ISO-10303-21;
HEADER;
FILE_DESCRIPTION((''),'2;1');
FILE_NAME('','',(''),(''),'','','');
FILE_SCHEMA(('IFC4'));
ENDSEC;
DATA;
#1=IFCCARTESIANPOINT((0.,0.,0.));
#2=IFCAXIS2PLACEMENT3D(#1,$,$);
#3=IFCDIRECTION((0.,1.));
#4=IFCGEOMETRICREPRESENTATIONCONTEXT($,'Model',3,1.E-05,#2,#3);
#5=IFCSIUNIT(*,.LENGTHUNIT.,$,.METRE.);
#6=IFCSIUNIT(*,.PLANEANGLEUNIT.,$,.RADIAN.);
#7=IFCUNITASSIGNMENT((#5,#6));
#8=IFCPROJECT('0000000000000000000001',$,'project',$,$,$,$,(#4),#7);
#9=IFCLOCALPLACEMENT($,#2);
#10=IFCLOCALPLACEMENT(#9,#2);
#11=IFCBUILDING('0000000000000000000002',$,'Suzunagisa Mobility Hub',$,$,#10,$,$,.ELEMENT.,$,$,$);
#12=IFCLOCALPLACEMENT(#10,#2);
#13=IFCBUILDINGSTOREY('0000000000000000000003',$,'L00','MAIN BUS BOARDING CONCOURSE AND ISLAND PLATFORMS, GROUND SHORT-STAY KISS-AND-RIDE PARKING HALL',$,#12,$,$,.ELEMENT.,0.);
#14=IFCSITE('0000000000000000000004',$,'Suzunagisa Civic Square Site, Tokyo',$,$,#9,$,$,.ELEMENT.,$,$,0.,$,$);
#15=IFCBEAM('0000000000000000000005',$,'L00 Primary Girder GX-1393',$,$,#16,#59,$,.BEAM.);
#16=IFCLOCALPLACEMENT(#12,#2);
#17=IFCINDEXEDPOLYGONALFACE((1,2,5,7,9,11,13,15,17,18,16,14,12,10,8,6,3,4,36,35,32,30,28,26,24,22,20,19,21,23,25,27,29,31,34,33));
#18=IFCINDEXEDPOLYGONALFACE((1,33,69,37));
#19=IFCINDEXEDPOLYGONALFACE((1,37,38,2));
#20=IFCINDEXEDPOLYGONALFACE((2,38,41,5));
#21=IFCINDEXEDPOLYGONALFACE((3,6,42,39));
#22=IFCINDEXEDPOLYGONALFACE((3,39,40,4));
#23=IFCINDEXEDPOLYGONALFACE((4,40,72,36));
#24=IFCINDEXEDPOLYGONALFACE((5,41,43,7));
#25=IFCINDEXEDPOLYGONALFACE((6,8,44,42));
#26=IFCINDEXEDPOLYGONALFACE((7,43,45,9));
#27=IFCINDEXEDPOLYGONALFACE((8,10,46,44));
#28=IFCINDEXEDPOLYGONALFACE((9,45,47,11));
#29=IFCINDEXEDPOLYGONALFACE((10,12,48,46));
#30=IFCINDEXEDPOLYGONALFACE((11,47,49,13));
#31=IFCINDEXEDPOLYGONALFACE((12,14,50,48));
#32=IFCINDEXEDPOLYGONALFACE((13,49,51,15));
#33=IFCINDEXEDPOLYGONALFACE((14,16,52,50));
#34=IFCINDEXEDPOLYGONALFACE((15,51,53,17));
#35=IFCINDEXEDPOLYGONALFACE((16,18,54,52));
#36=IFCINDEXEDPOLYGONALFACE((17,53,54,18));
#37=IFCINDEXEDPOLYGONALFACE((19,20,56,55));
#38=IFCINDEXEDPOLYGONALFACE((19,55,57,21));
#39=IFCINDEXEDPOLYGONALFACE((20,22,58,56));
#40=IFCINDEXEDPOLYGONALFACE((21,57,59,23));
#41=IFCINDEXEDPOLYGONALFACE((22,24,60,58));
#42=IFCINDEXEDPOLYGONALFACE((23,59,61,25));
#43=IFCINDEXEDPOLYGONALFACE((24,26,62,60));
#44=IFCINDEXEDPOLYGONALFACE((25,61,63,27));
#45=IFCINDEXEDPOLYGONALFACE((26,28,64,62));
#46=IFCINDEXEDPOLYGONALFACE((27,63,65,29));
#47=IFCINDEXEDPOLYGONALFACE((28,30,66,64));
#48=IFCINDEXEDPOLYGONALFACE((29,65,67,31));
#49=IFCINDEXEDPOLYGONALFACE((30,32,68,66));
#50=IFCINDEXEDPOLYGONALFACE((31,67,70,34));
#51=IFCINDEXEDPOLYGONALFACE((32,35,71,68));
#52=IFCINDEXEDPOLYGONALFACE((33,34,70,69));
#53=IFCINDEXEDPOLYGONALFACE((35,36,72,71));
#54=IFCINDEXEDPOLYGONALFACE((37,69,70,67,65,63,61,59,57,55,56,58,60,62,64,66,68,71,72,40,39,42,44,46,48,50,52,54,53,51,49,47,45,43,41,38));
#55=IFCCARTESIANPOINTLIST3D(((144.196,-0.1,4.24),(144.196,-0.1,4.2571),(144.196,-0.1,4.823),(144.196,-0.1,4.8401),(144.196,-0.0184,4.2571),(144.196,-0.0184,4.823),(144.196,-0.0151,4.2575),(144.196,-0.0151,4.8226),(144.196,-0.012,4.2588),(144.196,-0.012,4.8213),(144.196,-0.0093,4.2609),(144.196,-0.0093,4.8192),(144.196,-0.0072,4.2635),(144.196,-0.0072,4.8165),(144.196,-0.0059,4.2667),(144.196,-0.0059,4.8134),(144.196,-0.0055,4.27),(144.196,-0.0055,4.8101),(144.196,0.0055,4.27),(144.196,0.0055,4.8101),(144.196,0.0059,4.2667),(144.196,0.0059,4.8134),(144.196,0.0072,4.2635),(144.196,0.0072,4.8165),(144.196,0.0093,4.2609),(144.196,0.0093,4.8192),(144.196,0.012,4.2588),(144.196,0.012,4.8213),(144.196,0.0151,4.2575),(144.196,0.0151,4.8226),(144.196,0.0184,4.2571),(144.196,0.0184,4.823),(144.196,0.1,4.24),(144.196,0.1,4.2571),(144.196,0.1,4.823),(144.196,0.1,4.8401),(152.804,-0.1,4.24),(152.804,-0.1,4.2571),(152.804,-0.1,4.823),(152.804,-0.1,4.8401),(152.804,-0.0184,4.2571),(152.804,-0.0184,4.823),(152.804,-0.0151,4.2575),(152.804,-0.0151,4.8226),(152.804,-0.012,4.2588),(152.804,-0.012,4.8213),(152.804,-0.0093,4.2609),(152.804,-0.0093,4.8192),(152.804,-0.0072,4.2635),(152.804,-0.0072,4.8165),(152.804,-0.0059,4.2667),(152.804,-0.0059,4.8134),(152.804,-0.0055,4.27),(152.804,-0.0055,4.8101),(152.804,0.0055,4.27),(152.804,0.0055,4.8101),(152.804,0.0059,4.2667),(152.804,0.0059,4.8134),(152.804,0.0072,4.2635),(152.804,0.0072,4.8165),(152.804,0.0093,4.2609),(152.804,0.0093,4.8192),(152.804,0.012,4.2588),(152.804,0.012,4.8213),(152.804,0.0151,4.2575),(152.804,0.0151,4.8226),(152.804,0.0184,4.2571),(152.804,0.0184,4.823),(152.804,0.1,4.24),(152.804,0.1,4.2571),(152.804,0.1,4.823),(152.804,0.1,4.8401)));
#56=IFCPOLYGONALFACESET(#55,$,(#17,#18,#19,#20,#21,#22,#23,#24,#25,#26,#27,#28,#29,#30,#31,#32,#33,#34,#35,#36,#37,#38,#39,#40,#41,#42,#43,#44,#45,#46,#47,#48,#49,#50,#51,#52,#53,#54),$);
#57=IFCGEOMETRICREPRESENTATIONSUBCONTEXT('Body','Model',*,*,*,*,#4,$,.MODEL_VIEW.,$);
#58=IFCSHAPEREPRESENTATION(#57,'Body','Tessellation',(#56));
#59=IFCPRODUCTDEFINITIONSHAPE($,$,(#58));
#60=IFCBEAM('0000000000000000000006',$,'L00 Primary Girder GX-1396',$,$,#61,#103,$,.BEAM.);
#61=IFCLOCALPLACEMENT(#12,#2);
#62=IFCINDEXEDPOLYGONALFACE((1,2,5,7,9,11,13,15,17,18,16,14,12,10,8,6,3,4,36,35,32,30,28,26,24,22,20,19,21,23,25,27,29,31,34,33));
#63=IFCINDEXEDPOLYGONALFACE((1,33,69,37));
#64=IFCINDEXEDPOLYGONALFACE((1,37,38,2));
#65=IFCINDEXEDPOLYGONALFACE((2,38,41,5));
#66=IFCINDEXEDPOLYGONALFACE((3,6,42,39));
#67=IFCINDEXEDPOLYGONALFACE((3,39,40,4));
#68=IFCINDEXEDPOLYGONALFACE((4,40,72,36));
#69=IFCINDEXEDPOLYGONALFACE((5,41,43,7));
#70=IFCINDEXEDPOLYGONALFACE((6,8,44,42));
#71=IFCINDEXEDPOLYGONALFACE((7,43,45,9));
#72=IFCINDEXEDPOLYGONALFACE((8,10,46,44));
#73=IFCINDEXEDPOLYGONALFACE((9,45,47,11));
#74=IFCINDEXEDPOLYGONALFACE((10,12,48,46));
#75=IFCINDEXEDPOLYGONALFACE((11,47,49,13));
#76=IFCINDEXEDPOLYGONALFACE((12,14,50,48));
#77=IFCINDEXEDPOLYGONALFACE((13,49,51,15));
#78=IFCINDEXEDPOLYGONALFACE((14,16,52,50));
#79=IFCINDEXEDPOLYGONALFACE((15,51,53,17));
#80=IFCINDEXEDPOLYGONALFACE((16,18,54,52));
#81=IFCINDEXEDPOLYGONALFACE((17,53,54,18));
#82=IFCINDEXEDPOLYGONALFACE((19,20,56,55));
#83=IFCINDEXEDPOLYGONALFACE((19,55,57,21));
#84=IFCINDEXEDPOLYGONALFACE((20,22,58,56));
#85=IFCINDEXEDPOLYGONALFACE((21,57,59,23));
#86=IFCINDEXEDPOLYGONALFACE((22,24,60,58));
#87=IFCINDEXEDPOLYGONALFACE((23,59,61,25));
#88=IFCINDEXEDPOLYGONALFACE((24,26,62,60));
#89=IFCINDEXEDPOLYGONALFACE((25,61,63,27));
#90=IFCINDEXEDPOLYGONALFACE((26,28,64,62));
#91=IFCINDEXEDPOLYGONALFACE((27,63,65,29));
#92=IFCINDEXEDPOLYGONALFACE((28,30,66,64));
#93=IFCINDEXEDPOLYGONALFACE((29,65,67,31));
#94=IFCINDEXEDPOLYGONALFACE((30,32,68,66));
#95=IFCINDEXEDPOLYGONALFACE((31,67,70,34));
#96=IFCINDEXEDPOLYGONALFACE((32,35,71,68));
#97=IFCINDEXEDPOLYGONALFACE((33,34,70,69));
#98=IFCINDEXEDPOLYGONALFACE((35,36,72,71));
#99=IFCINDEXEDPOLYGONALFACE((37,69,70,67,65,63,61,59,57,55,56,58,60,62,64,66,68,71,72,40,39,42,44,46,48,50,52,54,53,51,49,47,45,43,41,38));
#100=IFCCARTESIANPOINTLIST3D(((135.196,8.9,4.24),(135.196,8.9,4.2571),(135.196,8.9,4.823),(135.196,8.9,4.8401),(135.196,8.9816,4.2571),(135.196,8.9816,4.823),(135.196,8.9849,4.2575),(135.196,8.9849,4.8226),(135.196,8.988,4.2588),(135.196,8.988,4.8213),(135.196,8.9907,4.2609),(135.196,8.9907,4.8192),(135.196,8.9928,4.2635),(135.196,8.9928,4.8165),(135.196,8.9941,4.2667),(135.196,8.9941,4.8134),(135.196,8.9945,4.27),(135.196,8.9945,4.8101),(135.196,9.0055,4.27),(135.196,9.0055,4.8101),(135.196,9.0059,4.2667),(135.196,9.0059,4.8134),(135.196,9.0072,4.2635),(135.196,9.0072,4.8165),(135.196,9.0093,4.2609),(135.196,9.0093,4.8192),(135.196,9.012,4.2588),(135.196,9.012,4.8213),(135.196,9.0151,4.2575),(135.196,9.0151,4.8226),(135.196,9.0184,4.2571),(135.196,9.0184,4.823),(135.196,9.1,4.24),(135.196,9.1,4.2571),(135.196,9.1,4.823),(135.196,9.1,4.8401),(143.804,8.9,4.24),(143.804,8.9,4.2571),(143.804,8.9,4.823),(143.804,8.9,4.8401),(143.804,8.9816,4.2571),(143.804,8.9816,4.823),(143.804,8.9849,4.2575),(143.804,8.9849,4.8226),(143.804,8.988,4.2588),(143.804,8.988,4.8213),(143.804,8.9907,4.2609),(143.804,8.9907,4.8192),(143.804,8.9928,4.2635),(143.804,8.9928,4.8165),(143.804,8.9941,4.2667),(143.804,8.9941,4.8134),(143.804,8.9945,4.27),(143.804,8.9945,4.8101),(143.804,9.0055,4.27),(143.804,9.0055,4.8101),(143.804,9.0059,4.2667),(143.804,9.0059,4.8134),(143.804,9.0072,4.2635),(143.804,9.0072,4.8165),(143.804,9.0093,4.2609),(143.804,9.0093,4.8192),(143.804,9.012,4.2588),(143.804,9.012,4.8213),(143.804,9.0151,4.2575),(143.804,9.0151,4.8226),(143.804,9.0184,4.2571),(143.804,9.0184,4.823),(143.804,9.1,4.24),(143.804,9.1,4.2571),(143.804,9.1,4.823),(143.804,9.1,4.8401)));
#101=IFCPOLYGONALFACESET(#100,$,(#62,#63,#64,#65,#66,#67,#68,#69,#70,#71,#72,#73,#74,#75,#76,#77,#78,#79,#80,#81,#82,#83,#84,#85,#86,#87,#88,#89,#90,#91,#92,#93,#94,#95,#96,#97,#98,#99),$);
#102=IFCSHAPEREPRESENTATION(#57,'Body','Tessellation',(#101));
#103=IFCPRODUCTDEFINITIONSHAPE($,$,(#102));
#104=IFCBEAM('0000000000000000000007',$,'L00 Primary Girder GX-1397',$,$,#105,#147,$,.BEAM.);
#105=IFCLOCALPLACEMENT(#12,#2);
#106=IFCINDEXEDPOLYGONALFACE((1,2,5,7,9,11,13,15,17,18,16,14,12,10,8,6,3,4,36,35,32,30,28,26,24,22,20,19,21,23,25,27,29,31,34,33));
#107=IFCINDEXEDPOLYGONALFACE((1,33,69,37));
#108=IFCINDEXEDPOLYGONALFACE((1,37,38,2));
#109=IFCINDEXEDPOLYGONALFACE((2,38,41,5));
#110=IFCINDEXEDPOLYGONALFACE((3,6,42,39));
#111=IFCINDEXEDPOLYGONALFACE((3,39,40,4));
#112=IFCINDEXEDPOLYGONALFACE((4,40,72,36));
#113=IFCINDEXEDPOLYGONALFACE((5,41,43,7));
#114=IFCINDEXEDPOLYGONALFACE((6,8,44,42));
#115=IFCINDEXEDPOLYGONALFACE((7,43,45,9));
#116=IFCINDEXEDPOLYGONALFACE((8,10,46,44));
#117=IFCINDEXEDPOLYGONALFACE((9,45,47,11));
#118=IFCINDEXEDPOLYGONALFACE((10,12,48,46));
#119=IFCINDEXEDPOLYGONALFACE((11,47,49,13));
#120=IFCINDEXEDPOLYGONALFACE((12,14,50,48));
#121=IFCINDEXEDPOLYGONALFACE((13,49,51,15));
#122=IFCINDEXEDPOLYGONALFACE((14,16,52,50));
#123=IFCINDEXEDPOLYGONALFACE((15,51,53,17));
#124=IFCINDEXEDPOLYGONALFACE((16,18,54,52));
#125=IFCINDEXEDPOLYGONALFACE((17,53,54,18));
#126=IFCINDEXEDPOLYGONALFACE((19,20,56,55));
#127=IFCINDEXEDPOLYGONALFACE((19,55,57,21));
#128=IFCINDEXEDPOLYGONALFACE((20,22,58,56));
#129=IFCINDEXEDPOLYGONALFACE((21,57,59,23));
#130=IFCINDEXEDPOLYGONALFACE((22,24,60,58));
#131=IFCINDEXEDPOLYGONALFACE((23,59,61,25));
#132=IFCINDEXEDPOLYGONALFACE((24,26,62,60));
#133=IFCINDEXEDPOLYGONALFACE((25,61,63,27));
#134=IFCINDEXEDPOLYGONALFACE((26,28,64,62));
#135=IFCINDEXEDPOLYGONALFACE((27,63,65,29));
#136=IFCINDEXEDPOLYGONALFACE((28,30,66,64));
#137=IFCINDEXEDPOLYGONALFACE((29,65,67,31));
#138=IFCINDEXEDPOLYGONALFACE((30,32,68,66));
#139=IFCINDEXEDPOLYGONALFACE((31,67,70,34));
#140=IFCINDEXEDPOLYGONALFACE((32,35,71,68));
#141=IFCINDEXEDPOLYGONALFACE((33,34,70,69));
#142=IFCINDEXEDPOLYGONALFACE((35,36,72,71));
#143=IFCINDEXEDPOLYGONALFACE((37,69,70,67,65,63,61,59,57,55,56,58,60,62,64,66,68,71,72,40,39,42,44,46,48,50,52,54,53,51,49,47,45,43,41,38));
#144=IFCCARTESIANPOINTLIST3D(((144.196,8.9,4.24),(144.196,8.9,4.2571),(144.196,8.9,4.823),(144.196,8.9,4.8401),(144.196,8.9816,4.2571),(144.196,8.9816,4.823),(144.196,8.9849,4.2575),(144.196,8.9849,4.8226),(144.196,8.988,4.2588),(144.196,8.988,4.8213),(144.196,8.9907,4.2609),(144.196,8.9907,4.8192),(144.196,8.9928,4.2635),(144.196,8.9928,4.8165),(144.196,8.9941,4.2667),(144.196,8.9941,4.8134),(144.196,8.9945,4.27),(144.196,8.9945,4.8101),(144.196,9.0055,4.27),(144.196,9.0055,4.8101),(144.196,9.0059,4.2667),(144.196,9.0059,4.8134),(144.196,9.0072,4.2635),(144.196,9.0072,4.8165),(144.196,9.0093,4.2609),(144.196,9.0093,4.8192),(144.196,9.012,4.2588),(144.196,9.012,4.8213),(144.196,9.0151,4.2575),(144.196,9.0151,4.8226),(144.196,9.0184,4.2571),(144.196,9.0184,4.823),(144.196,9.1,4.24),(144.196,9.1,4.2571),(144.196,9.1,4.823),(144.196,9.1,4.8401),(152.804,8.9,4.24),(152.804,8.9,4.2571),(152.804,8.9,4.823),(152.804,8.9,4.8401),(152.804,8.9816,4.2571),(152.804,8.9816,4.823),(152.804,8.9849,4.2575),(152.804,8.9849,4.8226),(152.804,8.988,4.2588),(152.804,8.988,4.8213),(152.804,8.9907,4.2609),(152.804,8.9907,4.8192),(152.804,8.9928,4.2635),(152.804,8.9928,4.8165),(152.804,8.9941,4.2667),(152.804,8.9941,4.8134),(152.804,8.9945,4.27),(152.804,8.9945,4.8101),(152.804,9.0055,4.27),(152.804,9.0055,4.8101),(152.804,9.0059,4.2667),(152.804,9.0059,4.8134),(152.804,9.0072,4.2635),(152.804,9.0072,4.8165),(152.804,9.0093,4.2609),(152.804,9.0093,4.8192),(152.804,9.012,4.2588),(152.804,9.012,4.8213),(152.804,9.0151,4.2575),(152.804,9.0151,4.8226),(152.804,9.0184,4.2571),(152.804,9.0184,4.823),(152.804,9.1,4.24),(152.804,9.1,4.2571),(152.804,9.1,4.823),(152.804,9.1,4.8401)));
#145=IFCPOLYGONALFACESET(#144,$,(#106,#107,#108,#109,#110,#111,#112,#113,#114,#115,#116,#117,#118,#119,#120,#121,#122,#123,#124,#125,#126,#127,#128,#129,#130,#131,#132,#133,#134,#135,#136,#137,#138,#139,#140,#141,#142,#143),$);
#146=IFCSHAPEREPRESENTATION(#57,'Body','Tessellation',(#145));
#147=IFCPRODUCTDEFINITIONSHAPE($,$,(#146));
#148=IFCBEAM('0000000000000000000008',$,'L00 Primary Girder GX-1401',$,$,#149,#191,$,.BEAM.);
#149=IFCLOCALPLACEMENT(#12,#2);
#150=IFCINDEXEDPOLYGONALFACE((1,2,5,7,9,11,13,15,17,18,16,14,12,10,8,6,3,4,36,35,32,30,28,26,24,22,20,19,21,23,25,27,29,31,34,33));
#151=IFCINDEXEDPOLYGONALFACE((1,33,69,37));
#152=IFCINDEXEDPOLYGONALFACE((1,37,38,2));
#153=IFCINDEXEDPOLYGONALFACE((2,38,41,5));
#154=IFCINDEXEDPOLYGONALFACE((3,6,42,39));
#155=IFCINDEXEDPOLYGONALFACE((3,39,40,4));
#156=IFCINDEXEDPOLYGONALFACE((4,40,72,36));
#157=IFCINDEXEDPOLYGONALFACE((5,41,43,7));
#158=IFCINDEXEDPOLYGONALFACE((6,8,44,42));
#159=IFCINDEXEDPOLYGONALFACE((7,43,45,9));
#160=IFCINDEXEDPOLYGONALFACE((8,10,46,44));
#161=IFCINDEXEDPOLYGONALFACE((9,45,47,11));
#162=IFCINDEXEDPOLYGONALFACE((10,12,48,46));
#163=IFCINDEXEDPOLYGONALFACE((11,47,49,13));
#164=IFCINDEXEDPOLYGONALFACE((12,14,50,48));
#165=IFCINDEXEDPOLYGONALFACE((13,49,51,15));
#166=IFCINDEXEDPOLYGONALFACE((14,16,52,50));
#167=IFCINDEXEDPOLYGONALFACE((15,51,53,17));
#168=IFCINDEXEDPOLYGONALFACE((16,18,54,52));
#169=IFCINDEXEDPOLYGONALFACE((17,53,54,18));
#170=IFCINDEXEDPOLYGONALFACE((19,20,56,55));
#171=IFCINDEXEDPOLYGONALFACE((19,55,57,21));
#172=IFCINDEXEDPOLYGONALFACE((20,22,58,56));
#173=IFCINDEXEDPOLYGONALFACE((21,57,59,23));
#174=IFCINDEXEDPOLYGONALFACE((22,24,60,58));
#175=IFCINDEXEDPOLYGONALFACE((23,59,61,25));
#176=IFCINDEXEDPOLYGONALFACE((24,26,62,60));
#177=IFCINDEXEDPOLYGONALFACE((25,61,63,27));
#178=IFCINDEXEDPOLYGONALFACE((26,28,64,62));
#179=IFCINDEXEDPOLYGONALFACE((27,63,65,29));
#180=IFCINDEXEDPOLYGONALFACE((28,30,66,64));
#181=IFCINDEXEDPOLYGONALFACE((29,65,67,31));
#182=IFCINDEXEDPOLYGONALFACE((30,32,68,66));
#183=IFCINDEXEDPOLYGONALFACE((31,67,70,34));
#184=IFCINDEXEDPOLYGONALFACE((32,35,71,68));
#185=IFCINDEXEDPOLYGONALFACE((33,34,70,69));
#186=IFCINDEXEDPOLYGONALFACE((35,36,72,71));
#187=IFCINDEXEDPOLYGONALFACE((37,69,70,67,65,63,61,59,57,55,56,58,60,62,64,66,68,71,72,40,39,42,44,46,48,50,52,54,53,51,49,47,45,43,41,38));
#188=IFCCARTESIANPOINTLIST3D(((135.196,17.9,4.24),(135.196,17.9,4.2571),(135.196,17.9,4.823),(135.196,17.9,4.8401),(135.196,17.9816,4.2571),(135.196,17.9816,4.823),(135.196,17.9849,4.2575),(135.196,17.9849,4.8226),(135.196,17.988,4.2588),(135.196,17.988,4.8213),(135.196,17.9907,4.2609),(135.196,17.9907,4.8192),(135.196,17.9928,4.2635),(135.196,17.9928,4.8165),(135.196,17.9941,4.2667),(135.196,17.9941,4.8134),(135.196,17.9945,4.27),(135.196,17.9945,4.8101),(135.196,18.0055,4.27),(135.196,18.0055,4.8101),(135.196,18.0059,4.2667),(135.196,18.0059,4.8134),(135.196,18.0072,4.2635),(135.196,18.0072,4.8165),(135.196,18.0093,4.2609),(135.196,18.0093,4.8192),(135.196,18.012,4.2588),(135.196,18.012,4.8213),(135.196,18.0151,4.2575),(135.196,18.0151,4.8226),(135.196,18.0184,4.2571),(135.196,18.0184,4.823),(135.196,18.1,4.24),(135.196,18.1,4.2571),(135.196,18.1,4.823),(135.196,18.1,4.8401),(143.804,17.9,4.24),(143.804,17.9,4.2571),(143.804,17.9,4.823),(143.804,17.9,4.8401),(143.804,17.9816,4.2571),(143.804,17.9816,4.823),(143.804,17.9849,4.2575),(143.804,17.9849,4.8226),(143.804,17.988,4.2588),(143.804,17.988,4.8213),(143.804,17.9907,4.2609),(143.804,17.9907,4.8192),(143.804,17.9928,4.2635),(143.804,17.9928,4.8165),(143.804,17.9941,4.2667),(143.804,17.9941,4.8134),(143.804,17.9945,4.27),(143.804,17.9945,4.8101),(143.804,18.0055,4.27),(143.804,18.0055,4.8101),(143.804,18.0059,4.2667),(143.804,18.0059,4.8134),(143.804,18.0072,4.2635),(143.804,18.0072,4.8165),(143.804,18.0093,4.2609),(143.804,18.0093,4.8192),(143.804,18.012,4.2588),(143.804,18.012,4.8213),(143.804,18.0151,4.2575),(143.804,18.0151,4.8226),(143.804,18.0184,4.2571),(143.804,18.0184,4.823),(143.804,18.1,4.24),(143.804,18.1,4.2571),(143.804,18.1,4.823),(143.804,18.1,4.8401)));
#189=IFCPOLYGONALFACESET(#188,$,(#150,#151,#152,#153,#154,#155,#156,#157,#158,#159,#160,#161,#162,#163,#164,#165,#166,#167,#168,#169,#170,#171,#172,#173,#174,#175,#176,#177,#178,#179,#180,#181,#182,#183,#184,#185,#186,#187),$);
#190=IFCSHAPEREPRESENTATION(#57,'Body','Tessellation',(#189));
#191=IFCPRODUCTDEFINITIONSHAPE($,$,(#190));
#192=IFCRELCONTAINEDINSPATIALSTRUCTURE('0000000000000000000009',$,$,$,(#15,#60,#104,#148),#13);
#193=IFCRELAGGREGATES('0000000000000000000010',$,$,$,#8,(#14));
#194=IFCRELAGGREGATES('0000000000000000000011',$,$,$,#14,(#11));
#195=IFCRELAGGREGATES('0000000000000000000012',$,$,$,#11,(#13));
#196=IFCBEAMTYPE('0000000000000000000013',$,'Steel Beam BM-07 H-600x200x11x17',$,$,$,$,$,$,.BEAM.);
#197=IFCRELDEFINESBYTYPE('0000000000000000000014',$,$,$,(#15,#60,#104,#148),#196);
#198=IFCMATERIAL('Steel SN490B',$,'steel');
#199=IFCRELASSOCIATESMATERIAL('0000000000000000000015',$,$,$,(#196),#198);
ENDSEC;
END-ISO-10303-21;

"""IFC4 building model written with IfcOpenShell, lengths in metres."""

from ifc_helpers import new_model, si_unit, direction, frame, origin, origin_2d, place, context, subcontext, project, spatial, i_section, extrude, material, material_profile, profile_set, type_object, element, save


model = new_model("IFC4")

# Units and contexts
model_context = context("Model", 3, precision=1e-05, world=origin(), true_north=direction((0.0, 1.0)))
body_context = subcontext(model_context, "Body", "Model", "MODEL_VIEW")
ifc_project = project(units=[si_unit("LENGTHUNIT", "METRE"), si_unit("PLANEANGLEUNIT", "RADIAN")], contexts=[model_context])

# Site, building, storey
site_placement = place(None, origin())
site = spatial("IfcSite", under=ifc_project, at=site_placement, Name="Suzunagisa Civic Square Site, Tokyo", CompositionType="ELEMENT", RefElevation=0.0)
building_placement = place(site_placement, origin())
building = spatial("IfcBuilding", under=site, at=building_placement, Name="Suzunagisa Mobility Hub", CompositionType="ELEMENT")
storey_placement = place(building_placement, origin())
storey = spatial("IfcBuildingStorey", under=building, at=storey_placement, Name="L00", Description="MAIN BUS BOARDING CONCOURSE AND ISLAND PLATFORMS, GROUND SHORT-STAY KISS-AND-RIDE PARKING HALL", CompositionType="ELEMENT", Elevation=0.0)

# Shared definitions
ifc_material_1 = material(Name="Steel SN490B", Category="steel")

# Beams
ifc_material_profile_1 = material_profile(ifc_material_1, i_section(OverallWidth=0.2, OverallDepth=0.6001, WebThickness=0.011, FlangeThickness=0.0171, FilletRadius=0.0129, at=origin_2d()), Name="H-600x200x11x17")
ifc_profile_set_1 = profile_set([ifc_material_profile_1], Name="Steel SN490B")
beam_type_1 = type_object("IfcBeamType", Name="Steel Beam BM-07 H-600x200x11x17", PredefinedType="BEAM", material=ifc_profile_set_1)
for number, where, z_axis, x_axis, name in (
    (1, (144.196, 0.0, 4.54), (1.0, 0.0, 0.0), (0.0, 1.0, 0.0), "L00 Primary Girder GX-1393"),
    (2, (135.196, 9.0, 4.54), (1.0, 0.0, 0.0), (0.0, 1.0, 0.0), "L00 Primary Girder GX-1396"),
    (3, (144.196, 9.0, 4.54), (1.0, 0.0, 0.0), (0.0, 1.0, 0.0), "L00 Primary Girder GX-1397"),
    (4, (135.196, 18.0, 4.54), (1.0, 0.0, 0.0), (0.0, 1.0, 0.0), "L00 Primary Girder GX-1401"),
):
    element("IfcBeam", number, at=place(storey_placement, frame(where, z_axis=z_axis, x_axis=x_axis)), inside=storey, type_object=beam_type_1, Name=name, PredefinedType="BEAM", context=body_context, shape_type="SweptSolid", body=[
        extrude(i_section(OverallWidth=0.2, OverallDepth=0.6001, WebThickness=0.011, FlangeThickness=0.0171, FilletRadius=0.0129, at=origin_2d()), origin(), (0.0, 0.0, 1.0), 8.6079),
    ])

save(model, "model.ifc")
